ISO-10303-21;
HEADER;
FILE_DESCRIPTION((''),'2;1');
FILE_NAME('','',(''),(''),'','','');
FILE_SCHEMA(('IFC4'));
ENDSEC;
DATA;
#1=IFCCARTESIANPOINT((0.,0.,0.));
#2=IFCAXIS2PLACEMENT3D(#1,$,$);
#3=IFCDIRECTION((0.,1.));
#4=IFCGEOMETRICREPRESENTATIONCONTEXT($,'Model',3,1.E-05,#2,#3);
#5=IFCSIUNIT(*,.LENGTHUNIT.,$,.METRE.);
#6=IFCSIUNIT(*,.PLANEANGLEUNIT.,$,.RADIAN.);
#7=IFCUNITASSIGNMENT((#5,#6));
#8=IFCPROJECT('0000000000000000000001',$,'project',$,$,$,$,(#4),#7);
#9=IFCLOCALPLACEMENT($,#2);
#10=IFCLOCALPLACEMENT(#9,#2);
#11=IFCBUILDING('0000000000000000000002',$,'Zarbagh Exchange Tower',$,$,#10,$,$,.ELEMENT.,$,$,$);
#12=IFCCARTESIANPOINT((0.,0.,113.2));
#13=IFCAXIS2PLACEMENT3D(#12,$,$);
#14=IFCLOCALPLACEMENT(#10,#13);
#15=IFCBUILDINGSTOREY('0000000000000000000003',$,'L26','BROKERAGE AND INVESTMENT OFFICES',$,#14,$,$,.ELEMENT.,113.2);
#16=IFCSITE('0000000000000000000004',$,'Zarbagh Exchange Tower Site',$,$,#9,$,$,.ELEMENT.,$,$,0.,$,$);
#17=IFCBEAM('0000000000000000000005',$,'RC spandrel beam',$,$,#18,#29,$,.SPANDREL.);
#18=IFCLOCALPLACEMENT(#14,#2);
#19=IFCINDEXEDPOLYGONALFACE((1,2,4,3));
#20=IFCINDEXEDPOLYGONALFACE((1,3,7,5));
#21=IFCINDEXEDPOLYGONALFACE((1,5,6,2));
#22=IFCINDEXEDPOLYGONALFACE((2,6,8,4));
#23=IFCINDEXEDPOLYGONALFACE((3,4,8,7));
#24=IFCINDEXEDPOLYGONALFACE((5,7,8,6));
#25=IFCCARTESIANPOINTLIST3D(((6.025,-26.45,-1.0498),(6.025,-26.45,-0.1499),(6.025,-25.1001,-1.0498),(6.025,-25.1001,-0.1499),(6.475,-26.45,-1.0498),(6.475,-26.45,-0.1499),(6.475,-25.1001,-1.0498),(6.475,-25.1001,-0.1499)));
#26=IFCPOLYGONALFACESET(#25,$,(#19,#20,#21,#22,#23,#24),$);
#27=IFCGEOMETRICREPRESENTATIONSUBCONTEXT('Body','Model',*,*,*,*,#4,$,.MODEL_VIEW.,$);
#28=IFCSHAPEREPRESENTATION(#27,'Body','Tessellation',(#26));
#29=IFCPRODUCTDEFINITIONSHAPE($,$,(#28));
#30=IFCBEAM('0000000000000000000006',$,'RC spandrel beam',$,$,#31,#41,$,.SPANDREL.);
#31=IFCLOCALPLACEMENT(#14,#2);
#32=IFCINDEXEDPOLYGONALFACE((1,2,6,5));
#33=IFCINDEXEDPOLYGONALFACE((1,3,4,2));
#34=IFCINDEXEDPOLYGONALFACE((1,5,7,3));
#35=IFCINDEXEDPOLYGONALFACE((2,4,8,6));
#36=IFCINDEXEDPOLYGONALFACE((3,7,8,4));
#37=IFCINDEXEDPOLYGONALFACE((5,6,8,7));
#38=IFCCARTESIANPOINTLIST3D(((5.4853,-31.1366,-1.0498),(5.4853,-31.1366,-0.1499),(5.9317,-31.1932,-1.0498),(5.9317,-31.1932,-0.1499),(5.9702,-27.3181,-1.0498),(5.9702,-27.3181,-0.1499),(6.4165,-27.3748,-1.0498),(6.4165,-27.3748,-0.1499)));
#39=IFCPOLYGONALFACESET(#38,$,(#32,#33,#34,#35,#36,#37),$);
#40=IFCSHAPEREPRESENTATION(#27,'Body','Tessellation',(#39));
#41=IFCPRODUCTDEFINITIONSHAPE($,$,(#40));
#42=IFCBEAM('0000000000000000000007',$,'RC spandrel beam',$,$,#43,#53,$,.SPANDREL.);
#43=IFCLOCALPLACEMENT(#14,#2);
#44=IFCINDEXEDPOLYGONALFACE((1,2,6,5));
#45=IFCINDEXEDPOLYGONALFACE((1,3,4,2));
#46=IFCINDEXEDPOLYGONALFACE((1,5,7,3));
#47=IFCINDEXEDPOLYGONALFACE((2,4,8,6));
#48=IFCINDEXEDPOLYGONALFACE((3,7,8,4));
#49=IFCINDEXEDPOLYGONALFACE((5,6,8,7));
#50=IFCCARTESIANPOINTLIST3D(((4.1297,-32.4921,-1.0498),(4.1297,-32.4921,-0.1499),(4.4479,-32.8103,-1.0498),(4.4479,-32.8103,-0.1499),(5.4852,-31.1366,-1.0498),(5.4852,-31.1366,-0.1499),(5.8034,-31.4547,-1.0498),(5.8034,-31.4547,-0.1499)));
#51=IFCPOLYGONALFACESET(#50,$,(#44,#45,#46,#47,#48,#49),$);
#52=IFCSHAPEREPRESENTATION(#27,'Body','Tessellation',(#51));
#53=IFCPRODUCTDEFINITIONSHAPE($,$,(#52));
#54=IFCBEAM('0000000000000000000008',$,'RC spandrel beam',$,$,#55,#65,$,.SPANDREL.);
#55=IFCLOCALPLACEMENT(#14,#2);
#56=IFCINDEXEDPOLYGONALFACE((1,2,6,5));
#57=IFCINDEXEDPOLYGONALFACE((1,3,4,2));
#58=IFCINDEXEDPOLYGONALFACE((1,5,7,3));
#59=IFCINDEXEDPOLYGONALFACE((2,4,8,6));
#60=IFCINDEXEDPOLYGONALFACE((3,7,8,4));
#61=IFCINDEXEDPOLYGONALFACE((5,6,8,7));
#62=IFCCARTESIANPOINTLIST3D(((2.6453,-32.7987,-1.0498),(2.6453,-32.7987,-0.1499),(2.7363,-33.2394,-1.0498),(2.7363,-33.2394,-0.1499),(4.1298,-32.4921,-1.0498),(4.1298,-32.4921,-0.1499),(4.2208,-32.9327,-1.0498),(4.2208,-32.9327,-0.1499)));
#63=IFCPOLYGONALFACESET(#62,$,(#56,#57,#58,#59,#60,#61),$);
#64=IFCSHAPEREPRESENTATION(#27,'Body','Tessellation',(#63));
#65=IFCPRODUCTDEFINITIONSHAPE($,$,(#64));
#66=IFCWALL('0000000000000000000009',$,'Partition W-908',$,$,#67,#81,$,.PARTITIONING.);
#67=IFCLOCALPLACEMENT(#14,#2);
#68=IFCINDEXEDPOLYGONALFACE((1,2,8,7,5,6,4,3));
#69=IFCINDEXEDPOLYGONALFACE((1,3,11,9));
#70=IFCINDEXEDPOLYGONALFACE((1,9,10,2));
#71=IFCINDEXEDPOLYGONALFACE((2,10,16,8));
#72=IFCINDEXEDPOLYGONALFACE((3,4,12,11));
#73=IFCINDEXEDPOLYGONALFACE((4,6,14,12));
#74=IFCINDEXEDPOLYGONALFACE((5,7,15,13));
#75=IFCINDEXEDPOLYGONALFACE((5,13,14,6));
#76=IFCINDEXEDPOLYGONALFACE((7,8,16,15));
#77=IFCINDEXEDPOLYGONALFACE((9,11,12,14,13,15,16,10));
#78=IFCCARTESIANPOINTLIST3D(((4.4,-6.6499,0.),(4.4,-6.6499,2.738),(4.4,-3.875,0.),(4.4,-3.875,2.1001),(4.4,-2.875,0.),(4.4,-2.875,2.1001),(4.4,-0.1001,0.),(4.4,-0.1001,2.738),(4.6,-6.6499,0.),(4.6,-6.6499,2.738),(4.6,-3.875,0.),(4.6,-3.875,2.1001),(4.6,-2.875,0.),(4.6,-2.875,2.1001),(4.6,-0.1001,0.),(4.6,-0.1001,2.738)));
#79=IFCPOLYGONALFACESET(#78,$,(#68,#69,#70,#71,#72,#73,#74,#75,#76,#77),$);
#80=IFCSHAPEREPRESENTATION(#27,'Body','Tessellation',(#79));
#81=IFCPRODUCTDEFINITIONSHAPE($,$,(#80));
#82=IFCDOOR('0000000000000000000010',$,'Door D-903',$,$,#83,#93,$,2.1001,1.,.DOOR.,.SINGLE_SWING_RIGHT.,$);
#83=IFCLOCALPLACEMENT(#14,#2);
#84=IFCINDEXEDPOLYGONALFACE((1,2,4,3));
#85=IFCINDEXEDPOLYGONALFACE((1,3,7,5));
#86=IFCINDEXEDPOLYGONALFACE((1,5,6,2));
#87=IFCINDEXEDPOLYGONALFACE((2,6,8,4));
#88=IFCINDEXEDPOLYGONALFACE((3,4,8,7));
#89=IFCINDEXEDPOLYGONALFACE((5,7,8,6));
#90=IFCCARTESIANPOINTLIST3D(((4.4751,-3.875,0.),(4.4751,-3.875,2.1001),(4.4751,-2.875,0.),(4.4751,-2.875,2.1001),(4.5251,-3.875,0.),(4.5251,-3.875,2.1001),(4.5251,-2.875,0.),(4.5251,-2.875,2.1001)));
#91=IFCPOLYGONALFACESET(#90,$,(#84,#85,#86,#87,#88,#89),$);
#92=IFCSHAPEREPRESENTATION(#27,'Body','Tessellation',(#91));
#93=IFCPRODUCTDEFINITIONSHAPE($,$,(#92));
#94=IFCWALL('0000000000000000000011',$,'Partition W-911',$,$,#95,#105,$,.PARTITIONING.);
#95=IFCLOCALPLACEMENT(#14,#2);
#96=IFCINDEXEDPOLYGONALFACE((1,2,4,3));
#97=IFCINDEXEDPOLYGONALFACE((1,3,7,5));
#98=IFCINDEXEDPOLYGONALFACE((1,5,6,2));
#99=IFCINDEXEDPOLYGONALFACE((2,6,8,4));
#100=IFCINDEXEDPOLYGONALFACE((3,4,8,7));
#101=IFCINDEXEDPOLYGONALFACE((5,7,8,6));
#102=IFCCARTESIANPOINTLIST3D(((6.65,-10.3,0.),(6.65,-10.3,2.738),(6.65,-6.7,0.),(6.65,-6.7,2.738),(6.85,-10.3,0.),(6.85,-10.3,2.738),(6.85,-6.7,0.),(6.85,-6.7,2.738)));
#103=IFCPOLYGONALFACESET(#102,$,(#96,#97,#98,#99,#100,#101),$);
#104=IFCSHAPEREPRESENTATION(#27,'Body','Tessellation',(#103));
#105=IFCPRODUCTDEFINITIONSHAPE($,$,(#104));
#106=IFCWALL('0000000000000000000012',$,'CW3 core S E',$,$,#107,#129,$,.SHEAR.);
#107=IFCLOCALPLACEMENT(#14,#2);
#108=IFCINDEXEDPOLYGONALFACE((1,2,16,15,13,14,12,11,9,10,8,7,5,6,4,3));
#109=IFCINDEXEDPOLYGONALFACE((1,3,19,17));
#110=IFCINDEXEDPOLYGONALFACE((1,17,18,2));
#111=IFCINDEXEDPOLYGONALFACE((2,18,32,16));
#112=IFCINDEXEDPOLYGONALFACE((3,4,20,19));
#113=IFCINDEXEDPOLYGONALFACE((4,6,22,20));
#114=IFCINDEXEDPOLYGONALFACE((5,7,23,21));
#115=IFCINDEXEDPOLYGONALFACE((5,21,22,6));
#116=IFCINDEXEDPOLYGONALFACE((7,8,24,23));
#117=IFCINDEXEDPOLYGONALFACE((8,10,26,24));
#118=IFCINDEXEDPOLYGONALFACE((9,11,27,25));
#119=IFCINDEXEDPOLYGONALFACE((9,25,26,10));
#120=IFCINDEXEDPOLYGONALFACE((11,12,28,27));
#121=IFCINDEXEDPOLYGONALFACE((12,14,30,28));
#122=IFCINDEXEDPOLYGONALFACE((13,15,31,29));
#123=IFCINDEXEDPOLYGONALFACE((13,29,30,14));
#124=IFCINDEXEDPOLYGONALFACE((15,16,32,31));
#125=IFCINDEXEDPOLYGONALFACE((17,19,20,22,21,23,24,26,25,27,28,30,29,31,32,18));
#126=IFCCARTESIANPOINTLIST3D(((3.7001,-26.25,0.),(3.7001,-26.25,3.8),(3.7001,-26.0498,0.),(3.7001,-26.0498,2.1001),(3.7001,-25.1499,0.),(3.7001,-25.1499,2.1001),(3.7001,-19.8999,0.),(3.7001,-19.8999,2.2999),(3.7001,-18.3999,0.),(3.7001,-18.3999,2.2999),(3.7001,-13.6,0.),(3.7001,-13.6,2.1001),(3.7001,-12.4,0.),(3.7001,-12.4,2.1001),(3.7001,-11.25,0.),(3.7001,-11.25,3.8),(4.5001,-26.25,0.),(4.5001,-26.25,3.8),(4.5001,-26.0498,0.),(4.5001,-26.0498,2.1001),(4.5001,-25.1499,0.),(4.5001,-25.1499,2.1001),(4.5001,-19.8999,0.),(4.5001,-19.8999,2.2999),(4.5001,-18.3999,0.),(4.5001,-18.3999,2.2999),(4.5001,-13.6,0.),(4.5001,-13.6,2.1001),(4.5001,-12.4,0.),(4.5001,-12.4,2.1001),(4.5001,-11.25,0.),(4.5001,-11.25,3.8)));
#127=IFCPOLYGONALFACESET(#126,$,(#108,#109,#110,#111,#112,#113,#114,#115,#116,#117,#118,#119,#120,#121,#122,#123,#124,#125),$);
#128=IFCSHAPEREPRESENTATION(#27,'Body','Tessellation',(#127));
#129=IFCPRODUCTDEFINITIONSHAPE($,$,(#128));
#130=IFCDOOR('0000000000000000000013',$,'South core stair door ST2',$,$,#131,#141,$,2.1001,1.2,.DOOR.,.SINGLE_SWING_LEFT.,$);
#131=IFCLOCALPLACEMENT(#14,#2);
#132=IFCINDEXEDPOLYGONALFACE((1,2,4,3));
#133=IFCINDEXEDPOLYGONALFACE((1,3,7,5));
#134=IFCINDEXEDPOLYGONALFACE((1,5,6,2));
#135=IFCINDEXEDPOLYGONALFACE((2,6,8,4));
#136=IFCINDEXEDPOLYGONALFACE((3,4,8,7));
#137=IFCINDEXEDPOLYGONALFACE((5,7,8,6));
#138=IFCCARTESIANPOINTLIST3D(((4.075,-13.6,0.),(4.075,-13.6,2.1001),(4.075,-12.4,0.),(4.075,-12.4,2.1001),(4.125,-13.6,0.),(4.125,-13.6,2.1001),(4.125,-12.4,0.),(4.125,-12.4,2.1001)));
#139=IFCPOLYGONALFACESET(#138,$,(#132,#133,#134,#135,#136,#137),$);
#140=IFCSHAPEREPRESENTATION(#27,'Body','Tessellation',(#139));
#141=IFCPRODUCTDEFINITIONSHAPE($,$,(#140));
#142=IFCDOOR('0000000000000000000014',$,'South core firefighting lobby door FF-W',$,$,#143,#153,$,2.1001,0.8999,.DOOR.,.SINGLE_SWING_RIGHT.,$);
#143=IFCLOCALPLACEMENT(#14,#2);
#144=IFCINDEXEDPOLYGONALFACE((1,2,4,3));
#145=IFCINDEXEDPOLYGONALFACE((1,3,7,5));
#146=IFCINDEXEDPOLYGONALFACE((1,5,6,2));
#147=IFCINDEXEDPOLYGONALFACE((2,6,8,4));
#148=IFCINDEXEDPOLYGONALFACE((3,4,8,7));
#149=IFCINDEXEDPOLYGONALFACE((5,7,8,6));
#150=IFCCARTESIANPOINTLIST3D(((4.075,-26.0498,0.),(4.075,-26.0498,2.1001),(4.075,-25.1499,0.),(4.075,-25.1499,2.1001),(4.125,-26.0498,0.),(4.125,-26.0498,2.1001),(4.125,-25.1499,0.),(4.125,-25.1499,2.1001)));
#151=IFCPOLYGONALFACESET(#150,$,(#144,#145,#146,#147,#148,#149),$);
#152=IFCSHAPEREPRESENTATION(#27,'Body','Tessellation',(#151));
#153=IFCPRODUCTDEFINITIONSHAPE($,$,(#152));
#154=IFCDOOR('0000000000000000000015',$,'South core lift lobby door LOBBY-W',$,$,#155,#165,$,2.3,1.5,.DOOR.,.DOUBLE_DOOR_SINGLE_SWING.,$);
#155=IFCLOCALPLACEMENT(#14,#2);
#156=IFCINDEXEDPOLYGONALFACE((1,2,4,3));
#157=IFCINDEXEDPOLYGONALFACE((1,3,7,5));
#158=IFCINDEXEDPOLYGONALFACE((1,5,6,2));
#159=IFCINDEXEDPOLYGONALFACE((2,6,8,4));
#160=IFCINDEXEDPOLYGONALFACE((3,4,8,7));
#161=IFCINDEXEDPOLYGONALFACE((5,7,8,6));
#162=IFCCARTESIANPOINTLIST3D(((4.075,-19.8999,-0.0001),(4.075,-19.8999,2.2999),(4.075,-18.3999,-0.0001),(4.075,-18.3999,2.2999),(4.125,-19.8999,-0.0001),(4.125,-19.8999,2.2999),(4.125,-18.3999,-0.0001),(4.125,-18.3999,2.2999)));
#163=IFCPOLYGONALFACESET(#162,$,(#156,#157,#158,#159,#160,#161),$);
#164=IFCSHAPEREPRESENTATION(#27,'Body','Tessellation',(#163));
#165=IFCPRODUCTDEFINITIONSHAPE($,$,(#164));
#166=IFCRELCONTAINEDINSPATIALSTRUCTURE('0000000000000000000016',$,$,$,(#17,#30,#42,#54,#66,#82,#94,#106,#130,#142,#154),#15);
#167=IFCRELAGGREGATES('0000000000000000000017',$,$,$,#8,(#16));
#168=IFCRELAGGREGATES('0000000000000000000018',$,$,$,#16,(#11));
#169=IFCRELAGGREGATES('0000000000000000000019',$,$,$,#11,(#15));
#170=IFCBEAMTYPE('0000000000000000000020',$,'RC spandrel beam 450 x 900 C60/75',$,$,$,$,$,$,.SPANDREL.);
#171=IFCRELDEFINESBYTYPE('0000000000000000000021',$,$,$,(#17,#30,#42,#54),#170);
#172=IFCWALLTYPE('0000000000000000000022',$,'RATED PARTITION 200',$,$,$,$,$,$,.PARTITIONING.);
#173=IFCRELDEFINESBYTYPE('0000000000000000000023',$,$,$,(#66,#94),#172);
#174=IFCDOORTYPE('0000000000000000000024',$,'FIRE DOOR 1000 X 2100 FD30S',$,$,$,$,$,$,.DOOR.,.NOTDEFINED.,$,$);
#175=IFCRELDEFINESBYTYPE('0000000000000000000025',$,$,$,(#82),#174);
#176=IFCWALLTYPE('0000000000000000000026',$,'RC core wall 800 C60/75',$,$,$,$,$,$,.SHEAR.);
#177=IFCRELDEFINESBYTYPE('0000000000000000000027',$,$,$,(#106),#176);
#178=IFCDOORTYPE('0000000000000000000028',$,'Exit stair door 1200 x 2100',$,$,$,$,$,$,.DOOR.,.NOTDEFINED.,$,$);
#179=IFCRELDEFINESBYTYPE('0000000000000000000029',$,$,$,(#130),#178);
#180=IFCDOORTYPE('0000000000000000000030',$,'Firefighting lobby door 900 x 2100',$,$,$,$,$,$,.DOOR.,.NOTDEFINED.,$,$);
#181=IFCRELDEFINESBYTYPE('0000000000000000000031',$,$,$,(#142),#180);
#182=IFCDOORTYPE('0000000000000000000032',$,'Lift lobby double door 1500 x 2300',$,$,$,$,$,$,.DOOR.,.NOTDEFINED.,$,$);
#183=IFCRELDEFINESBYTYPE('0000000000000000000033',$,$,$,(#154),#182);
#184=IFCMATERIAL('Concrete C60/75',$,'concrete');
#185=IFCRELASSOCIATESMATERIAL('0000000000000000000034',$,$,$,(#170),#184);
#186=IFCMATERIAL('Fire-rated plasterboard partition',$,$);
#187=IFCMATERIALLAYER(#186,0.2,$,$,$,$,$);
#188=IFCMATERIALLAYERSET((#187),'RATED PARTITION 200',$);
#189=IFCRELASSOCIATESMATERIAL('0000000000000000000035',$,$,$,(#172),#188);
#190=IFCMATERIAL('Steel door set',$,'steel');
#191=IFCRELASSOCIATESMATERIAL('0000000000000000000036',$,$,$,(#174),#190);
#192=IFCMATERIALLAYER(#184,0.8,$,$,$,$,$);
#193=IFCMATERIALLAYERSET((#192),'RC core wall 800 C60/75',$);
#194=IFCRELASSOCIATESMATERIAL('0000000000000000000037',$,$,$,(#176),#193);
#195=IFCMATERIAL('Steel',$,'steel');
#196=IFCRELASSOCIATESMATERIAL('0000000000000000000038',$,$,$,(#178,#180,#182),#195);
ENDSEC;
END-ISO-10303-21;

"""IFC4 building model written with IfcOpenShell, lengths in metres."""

from ifc_helpers import new_model, si_unit, direction, frame, frame_2d, origin, origin_2d, place, context, subcontext, project, spatial, rectangle, extrude, material, layer, layer_set, material_profile, profile_set, type_object, element, fill, save


model = new_model("IFC4")

# Units and contexts
model_context = context("Model", 3, precision=1e-05, world=origin(), true_north=direction((0.0, 1.0)))
body_context = subcontext(model_context, "Body", "Model", "MODEL_VIEW")
ifc_project = project(units=[si_unit("LENGTHUNIT", "METRE"), si_unit("PLANEANGLEUNIT", "RADIAN")], contexts=[model_context])

# Site, building, storey
site_placement = place(None, origin())
site = spatial("IfcSite", under=ifc_project, at=site_placement, Name="Zarbagh Exchange Tower Site", CompositionType="ELEMENT", RefElevation=0.0)
building_placement = place(site_placement, origin())
building = spatial("IfcBuilding", under=site, at=building_placement, Name="Zarbagh Exchange Tower", CompositionType="ELEMENT")
storey_placement = place(building_placement, frame((0.0, 0.0, 113.2)))
storey = spatial("IfcBuildingStorey", under=building, at=storey_placement, Name="L26", Description="BROKERAGE AND INVESTMENT OFFICES", CompositionType="ELEMENT", Elevation=113.2)

# Shared definitions
ifc_material_1 = material(Name="Concrete C60/75", Category="concrete")

# Beams
ifc_material_profile_1 = material_profile(ifc_material_1, rectangle(XDim=0.45, YDim=0.8999, at=origin_2d()), Name="RC spandrel beam 450 x 900 C60/75")
ifc_profile_set_1 = profile_set([ifc_material_profile_1], Name="Concrete C60/75")
beam_type_1 = type_object("IfcBeamType", Name="RC spandrel beam 450 x 900 C60/75", PredefinedType="SPANDREL", material=ifc_profile_set_1)
beam_1_placement = place(storey_placement, frame((6.25, -25.1001, -0.5999), z_axis=(0.0, -1.0, 0.0), x_axis=(1.0, 0.0, 0.0)))
element("IfcBeam", 1, at=beam_1_placement, inside=storey, type_object=beam_type_1, Name="RC spandrel beam", PredefinedType="SPANDREL", context=body_context, shape_type="SweptSolid", body=[
    extrude(rectangle(XDim=0.45, YDim=0.8999, at=origin_2d()), origin(), (0.0, 0.0, 1.0), 1.3499),
])
beam_2_placement = place(storey_placement, frame((6.1934, -27.3464, -0.5999), z_axis=(-0.125971, -0.992034, 0.0), x_axis=(0.992034, -0.125971, 0.0)))
element("IfcBeam", 2, at=beam_2_placement, inside=storey, type_object=beam_type_1, Name="RC spandrel beam", PredefinedType="SPANDREL", context=body_context, shape_type="SweptSolid", body=[
    extrude(rectangle(XDim=0.45, YDim=0.8999, at=origin_2d()), origin(), (0.0, 0.0, 1.0), 3.8491),
])
beam_3_placement = place(storey_placement, frame((5.6443, -31.2957, -0.5999), z_axis=(-0.707107, -0.707107, 0.0), x_axis=(0.707107, -0.707107, 0.0)))
element("IfcBeam", 3, at=beam_3_placement, inside=storey, type_object=beam_type_1, Name="RC spandrel beam", PredefinedType="SPANDREL", context=body_context, shape_type="SweptSolid", body=[
    extrude(rectangle(XDim=0.45, YDim=0.8999, at=origin_2d()), origin(), (0.0, 0.0, 1.0), 1.917),
])
beam_4_placement = place(storey_placement, frame((4.1753, -32.7124, -0.5999), z_axis=(-0.979329, -0.202275, 0.0), x_axis=(0.202275, -0.979329, 0.0)))
element("IfcBeam", 4, at=beam_4_placement, inside=storey, type_object=beam_type_1, Name="RC spandrel beam", PredefinedType="SPANDREL", context=body_context, shape_type="SweptSolid", body=[
    extrude(rectangle(XDim=0.45, YDim=0.8999, at=origin_2d()), origin(), (0.0, 0.0, 1.0), 1.5159),
])

# Wall, opening, door
ifc_material_2 = material(Name="Fire-rated plasterboard partition")
ifc_layer_1 = layer(ifc_material_2, 0.2)
ifc_layer_set_1 = layer_set([ifc_layer_1], Name="RATED PARTITION 200")
wall_type_1 = type_object("IfcWallType", Name="RATED PARTITION 200", PredefinedType="PARTITIONING", material=ifc_layer_set_1)
wall_1_placement = place(storey_placement, frame((4.5, -6.6499, 0.0), z_axis=(0.0, 0.0, 1.0), x_axis=(0.0, 1.0, 0.0)))
wall_1 = element("IfcWall", 5, at=wall_1_placement, inside=storey, type_object=wall_type_1, Name="Partition W-908", PredefinedType="PARTITIONING", context=body_context, shape_type="SweptSolid", body=[
    extrude(rectangle(XDim=6.5498, YDim=0.2, at=frame_2d((3.2749, 0.0))), origin(), (0.0, 0.0, 1.0), 2.738),
])
opening_1_placement = place(wall_1_placement, frame((2.7749, 0.0, 0.0)))
opening_1 = element("IfcOpeningElement", 6, at=opening_1_placement, cuts=wall_1, PredefinedType="OPENING", context=body_context, shape_type="SweptSolid", body=[
    extrude(rectangle(XDim=1.0, YDim=2.1001, at=frame_2d((0.5, 1.05))), frame((0.0, 0.1099, 0.0), z_axis=(0.0, -1.0, 0.0), x_axis=(1.0, 0.0, 0.0)), (0.0, 0.0, 1.0), 0.22),
])
ifc_material_3 = material(Name="Steel door set", Category="steel")
door_type_1 = type_object("IfcDoorType", Name="FIRE DOOR 1000 X 2100 FD30S", OperationType="NOTDEFINED", PredefinedType="DOOR", material=ifc_material_3)
door_1_placement = place(opening_1_placement, origin())
door_1 = element("IfcDoor", 7, at=door_1_placement, inside=storey, type_object=door_type_1, Name="Door D-903", OperationType="SINGLE_SWING_RIGHT", OverallHeight=2.1001, OverallWidth=1.0, PredefinedType="DOOR", context=body_context, shape_type="SweptSolid", body=[
    extrude(rectangle(XDim=1.0, YDim=2.1001, at=frame_2d((0.5, 1.05))), frame((0.0, 0.0249, 0.0), z_axis=(0.0, -1.0, 0.0), x_axis=(1.0, 0.0, 0.0)), (0.0, 0.0, 1.0), 0.05),
])
fill(opening_1, door_1)

# Wall
wall_2_placement = place(storey_placement, frame((6.75, -10.3, 0.0), z_axis=(0.0, 0.0, 1.0), x_axis=(0.0, 1.0, 0.0)))
element("IfcWall", 8, at=wall_2_placement, inside=storey, type_object=wall_type_1, Name="Partition W-911", PredefinedType="PARTITIONING", context=body_context, shape_type="SweptSolid", body=[
    extrude(rectangle(XDim=3.6001, YDim=0.2, at=frame_2d((1.8, 0.0))), origin(), (0.0, 0.0, 1.0), 2.738),
])

# Wall, openings, doors
ifc_layer_2 = layer(ifc_material_1, 0.8)
ifc_layer_set_2 = layer_set([ifc_layer_2], Name="RC core wall 800 C60/75")
wall_type_2 = type_object("IfcWallType", Name="RC core wall 800 C60/75", PredefinedType="SHEAR", material=ifc_layer_set_2)
wall_3_placement = place(storey_placement, frame((4.1001, -11.25, 0.0), z_axis=(0.0, 0.0, 1.0), x_axis=(0.0, -1.0, 0.0)))
wall_3 = element("IfcWall", 9, at=wall_3_placement, inside=storey, type_object=wall_type_2, Name="CW3 core S E", PredefinedType="SHEAR", context=body_context, shape_type="SweptSolid", body=[
    extrude(rectangle(XDim=15.0, YDim=0.8, at=frame_2d((7.5, 0.0))), origin(), (0.0, 0.0, 1.0), 3.8),
])
opening_2_placement = place(wall_3_placement, frame((7.1499, 0.0, 0.0)))
opening_2 = element("IfcOpeningElement", 10, at=opening_2_placement, cuts=wall_3, PredefinedType="OPENING", context=body_context, shape_type="SweptSolid", body=[
    extrude(rectangle(XDim=1.5, YDim=2.3, at=frame_2d((0.75, 1.1499))), frame((0.0, 0.4099, 0.0), z_axis=(0.0, -1.0, 0.0), x_axis=(1.0, 0.0, 0.0)), (0.0, 0.0, 1.0), 0.8201),
])
opening_3_placement = place(wall_3_placement, frame((13.8999, 0.0, 0.0)))
opening_3 = element("IfcOpeningElement", 11, at=opening_3_placement, cuts=wall_3, PredefinedType="OPENING", context=body_context, shape_type="SweptSolid", body=[
    extrude(rectangle(XDim=0.8999, YDim=2.1001, at=frame_2d((0.45, 1.05))), frame((0.0, 0.4099, 0.0), z_axis=(0.0, -1.0, 0.0), x_axis=(1.0, 0.0, 0.0)), (0.0, 0.0, 1.0), 0.8201),
])
opening_4_placement = place(wall_3_placement, frame((1.1499, 0.0, 0.0)))
opening_4 = element("IfcOpeningElement", 12, at=opening_4_placement, cuts=wall_3, PredefinedType="OPENING", context=body_context, shape_type="SweptSolid", body=[
    extrude(rectangle(XDim=1.2, YDim=2.1001, at=frame_2d((0.6001, 1.05))), frame((0.0, 0.4099, 0.0), z_axis=(0.0, -1.0, 0.0), x_axis=(1.0, 0.0, 0.0)), (0.0, 0.0, 1.0), 0.8201),
])
ifc_material_4 = material(Name="Steel", Category="steel")
door_type_2 = type_object("IfcDoorType", Name="Exit stair door 1200 x 2100", OperationType="NOTDEFINED", PredefinedType="DOOR", material=ifc_material_4)
door_2_placement = place(opening_4_placement, origin())
door_2 = element("IfcDoor", 13, at=door_2_placement, inside=storey, type_object=door_type_2, Name="South core stair door ST2", OperationType="SINGLE_SWING_LEFT", OverallHeight=2.1001, OverallWidth=1.2, PredefinedType="DOOR", context=body_context, shape_type="SweptSolid", body=[
    extrude(rectangle(XDim=1.2, YDim=2.1001, at=frame_2d((0.6001, 1.05))), frame((0.0, 0.0249, 0.0), z_axis=(0.0, -1.0, 0.0), x_axis=(1.0, 0.0, 0.0)), (0.0, 0.0, 1.0), 0.05),
])
fill(opening_4, door_2)
door_type_3 = type_object("IfcDoorType", Name="Firefighting lobby door 900 x 2100", OperationType="NOTDEFINED", PredefinedType="DOOR", material=ifc_material_4)
door_3_placement = place(opening_3_placement, origin())
door_3 = element("IfcDoor", 14, at=door_3_placement, inside=storey, type_object=door_type_3, Name="South core firefighting lobby door FF-W", OperationType="SINGLE_SWING_RIGHT", OverallHeight=2.1001, OverallWidth=0.8999, PredefinedType="DOOR", context=body_context, shape_type="SweptSolid", body=[
    extrude(rectangle(XDim=0.8999, YDim=2.1001, at=frame_2d((0.45, 1.05))), frame((0.0, 0.0249, 0.0), z_axis=(0.0, -1.0, 0.0), x_axis=(1.0, 0.0, 0.0)), (0.0, 0.0, 1.0), 0.05),
])
fill(opening_3, door_3)
door_type_4 = type_object("IfcDoorType", Name="Lift lobby double door 1500 x 2300", OperationType="NOTDEFINED", PredefinedType="DOOR", material=ifc_material_4)
door_4_placement = place(opening_2_placement, origin())
door_4 = element("IfcDoor", 15, at=door_4_placement, inside=storey, type_object=door_type_4, Name="South core lift lobby door LOBBY-W", OperationType="DOUBLE_DOOR_SINGLE_SWING", OverallHeight=2.3, OverallWidth=1.5, PredefinedType="DOOR", context=body_context, shape_type="SweptSolid", body=[
    extrude(rectangle(XDim=1.5, YDim=2.3, at=frame_2d((0.75, 1.1499))), frame((0.0, 0.0249, 0.0), z_axis=(0.0, -1.0, 0.0), x_axis=(1.0, 0.0, 0.0)), (0.0, 0.0, 1.0), 0.05),
])
fill(opening_2, door_4)

save(model, "model.ifc")
